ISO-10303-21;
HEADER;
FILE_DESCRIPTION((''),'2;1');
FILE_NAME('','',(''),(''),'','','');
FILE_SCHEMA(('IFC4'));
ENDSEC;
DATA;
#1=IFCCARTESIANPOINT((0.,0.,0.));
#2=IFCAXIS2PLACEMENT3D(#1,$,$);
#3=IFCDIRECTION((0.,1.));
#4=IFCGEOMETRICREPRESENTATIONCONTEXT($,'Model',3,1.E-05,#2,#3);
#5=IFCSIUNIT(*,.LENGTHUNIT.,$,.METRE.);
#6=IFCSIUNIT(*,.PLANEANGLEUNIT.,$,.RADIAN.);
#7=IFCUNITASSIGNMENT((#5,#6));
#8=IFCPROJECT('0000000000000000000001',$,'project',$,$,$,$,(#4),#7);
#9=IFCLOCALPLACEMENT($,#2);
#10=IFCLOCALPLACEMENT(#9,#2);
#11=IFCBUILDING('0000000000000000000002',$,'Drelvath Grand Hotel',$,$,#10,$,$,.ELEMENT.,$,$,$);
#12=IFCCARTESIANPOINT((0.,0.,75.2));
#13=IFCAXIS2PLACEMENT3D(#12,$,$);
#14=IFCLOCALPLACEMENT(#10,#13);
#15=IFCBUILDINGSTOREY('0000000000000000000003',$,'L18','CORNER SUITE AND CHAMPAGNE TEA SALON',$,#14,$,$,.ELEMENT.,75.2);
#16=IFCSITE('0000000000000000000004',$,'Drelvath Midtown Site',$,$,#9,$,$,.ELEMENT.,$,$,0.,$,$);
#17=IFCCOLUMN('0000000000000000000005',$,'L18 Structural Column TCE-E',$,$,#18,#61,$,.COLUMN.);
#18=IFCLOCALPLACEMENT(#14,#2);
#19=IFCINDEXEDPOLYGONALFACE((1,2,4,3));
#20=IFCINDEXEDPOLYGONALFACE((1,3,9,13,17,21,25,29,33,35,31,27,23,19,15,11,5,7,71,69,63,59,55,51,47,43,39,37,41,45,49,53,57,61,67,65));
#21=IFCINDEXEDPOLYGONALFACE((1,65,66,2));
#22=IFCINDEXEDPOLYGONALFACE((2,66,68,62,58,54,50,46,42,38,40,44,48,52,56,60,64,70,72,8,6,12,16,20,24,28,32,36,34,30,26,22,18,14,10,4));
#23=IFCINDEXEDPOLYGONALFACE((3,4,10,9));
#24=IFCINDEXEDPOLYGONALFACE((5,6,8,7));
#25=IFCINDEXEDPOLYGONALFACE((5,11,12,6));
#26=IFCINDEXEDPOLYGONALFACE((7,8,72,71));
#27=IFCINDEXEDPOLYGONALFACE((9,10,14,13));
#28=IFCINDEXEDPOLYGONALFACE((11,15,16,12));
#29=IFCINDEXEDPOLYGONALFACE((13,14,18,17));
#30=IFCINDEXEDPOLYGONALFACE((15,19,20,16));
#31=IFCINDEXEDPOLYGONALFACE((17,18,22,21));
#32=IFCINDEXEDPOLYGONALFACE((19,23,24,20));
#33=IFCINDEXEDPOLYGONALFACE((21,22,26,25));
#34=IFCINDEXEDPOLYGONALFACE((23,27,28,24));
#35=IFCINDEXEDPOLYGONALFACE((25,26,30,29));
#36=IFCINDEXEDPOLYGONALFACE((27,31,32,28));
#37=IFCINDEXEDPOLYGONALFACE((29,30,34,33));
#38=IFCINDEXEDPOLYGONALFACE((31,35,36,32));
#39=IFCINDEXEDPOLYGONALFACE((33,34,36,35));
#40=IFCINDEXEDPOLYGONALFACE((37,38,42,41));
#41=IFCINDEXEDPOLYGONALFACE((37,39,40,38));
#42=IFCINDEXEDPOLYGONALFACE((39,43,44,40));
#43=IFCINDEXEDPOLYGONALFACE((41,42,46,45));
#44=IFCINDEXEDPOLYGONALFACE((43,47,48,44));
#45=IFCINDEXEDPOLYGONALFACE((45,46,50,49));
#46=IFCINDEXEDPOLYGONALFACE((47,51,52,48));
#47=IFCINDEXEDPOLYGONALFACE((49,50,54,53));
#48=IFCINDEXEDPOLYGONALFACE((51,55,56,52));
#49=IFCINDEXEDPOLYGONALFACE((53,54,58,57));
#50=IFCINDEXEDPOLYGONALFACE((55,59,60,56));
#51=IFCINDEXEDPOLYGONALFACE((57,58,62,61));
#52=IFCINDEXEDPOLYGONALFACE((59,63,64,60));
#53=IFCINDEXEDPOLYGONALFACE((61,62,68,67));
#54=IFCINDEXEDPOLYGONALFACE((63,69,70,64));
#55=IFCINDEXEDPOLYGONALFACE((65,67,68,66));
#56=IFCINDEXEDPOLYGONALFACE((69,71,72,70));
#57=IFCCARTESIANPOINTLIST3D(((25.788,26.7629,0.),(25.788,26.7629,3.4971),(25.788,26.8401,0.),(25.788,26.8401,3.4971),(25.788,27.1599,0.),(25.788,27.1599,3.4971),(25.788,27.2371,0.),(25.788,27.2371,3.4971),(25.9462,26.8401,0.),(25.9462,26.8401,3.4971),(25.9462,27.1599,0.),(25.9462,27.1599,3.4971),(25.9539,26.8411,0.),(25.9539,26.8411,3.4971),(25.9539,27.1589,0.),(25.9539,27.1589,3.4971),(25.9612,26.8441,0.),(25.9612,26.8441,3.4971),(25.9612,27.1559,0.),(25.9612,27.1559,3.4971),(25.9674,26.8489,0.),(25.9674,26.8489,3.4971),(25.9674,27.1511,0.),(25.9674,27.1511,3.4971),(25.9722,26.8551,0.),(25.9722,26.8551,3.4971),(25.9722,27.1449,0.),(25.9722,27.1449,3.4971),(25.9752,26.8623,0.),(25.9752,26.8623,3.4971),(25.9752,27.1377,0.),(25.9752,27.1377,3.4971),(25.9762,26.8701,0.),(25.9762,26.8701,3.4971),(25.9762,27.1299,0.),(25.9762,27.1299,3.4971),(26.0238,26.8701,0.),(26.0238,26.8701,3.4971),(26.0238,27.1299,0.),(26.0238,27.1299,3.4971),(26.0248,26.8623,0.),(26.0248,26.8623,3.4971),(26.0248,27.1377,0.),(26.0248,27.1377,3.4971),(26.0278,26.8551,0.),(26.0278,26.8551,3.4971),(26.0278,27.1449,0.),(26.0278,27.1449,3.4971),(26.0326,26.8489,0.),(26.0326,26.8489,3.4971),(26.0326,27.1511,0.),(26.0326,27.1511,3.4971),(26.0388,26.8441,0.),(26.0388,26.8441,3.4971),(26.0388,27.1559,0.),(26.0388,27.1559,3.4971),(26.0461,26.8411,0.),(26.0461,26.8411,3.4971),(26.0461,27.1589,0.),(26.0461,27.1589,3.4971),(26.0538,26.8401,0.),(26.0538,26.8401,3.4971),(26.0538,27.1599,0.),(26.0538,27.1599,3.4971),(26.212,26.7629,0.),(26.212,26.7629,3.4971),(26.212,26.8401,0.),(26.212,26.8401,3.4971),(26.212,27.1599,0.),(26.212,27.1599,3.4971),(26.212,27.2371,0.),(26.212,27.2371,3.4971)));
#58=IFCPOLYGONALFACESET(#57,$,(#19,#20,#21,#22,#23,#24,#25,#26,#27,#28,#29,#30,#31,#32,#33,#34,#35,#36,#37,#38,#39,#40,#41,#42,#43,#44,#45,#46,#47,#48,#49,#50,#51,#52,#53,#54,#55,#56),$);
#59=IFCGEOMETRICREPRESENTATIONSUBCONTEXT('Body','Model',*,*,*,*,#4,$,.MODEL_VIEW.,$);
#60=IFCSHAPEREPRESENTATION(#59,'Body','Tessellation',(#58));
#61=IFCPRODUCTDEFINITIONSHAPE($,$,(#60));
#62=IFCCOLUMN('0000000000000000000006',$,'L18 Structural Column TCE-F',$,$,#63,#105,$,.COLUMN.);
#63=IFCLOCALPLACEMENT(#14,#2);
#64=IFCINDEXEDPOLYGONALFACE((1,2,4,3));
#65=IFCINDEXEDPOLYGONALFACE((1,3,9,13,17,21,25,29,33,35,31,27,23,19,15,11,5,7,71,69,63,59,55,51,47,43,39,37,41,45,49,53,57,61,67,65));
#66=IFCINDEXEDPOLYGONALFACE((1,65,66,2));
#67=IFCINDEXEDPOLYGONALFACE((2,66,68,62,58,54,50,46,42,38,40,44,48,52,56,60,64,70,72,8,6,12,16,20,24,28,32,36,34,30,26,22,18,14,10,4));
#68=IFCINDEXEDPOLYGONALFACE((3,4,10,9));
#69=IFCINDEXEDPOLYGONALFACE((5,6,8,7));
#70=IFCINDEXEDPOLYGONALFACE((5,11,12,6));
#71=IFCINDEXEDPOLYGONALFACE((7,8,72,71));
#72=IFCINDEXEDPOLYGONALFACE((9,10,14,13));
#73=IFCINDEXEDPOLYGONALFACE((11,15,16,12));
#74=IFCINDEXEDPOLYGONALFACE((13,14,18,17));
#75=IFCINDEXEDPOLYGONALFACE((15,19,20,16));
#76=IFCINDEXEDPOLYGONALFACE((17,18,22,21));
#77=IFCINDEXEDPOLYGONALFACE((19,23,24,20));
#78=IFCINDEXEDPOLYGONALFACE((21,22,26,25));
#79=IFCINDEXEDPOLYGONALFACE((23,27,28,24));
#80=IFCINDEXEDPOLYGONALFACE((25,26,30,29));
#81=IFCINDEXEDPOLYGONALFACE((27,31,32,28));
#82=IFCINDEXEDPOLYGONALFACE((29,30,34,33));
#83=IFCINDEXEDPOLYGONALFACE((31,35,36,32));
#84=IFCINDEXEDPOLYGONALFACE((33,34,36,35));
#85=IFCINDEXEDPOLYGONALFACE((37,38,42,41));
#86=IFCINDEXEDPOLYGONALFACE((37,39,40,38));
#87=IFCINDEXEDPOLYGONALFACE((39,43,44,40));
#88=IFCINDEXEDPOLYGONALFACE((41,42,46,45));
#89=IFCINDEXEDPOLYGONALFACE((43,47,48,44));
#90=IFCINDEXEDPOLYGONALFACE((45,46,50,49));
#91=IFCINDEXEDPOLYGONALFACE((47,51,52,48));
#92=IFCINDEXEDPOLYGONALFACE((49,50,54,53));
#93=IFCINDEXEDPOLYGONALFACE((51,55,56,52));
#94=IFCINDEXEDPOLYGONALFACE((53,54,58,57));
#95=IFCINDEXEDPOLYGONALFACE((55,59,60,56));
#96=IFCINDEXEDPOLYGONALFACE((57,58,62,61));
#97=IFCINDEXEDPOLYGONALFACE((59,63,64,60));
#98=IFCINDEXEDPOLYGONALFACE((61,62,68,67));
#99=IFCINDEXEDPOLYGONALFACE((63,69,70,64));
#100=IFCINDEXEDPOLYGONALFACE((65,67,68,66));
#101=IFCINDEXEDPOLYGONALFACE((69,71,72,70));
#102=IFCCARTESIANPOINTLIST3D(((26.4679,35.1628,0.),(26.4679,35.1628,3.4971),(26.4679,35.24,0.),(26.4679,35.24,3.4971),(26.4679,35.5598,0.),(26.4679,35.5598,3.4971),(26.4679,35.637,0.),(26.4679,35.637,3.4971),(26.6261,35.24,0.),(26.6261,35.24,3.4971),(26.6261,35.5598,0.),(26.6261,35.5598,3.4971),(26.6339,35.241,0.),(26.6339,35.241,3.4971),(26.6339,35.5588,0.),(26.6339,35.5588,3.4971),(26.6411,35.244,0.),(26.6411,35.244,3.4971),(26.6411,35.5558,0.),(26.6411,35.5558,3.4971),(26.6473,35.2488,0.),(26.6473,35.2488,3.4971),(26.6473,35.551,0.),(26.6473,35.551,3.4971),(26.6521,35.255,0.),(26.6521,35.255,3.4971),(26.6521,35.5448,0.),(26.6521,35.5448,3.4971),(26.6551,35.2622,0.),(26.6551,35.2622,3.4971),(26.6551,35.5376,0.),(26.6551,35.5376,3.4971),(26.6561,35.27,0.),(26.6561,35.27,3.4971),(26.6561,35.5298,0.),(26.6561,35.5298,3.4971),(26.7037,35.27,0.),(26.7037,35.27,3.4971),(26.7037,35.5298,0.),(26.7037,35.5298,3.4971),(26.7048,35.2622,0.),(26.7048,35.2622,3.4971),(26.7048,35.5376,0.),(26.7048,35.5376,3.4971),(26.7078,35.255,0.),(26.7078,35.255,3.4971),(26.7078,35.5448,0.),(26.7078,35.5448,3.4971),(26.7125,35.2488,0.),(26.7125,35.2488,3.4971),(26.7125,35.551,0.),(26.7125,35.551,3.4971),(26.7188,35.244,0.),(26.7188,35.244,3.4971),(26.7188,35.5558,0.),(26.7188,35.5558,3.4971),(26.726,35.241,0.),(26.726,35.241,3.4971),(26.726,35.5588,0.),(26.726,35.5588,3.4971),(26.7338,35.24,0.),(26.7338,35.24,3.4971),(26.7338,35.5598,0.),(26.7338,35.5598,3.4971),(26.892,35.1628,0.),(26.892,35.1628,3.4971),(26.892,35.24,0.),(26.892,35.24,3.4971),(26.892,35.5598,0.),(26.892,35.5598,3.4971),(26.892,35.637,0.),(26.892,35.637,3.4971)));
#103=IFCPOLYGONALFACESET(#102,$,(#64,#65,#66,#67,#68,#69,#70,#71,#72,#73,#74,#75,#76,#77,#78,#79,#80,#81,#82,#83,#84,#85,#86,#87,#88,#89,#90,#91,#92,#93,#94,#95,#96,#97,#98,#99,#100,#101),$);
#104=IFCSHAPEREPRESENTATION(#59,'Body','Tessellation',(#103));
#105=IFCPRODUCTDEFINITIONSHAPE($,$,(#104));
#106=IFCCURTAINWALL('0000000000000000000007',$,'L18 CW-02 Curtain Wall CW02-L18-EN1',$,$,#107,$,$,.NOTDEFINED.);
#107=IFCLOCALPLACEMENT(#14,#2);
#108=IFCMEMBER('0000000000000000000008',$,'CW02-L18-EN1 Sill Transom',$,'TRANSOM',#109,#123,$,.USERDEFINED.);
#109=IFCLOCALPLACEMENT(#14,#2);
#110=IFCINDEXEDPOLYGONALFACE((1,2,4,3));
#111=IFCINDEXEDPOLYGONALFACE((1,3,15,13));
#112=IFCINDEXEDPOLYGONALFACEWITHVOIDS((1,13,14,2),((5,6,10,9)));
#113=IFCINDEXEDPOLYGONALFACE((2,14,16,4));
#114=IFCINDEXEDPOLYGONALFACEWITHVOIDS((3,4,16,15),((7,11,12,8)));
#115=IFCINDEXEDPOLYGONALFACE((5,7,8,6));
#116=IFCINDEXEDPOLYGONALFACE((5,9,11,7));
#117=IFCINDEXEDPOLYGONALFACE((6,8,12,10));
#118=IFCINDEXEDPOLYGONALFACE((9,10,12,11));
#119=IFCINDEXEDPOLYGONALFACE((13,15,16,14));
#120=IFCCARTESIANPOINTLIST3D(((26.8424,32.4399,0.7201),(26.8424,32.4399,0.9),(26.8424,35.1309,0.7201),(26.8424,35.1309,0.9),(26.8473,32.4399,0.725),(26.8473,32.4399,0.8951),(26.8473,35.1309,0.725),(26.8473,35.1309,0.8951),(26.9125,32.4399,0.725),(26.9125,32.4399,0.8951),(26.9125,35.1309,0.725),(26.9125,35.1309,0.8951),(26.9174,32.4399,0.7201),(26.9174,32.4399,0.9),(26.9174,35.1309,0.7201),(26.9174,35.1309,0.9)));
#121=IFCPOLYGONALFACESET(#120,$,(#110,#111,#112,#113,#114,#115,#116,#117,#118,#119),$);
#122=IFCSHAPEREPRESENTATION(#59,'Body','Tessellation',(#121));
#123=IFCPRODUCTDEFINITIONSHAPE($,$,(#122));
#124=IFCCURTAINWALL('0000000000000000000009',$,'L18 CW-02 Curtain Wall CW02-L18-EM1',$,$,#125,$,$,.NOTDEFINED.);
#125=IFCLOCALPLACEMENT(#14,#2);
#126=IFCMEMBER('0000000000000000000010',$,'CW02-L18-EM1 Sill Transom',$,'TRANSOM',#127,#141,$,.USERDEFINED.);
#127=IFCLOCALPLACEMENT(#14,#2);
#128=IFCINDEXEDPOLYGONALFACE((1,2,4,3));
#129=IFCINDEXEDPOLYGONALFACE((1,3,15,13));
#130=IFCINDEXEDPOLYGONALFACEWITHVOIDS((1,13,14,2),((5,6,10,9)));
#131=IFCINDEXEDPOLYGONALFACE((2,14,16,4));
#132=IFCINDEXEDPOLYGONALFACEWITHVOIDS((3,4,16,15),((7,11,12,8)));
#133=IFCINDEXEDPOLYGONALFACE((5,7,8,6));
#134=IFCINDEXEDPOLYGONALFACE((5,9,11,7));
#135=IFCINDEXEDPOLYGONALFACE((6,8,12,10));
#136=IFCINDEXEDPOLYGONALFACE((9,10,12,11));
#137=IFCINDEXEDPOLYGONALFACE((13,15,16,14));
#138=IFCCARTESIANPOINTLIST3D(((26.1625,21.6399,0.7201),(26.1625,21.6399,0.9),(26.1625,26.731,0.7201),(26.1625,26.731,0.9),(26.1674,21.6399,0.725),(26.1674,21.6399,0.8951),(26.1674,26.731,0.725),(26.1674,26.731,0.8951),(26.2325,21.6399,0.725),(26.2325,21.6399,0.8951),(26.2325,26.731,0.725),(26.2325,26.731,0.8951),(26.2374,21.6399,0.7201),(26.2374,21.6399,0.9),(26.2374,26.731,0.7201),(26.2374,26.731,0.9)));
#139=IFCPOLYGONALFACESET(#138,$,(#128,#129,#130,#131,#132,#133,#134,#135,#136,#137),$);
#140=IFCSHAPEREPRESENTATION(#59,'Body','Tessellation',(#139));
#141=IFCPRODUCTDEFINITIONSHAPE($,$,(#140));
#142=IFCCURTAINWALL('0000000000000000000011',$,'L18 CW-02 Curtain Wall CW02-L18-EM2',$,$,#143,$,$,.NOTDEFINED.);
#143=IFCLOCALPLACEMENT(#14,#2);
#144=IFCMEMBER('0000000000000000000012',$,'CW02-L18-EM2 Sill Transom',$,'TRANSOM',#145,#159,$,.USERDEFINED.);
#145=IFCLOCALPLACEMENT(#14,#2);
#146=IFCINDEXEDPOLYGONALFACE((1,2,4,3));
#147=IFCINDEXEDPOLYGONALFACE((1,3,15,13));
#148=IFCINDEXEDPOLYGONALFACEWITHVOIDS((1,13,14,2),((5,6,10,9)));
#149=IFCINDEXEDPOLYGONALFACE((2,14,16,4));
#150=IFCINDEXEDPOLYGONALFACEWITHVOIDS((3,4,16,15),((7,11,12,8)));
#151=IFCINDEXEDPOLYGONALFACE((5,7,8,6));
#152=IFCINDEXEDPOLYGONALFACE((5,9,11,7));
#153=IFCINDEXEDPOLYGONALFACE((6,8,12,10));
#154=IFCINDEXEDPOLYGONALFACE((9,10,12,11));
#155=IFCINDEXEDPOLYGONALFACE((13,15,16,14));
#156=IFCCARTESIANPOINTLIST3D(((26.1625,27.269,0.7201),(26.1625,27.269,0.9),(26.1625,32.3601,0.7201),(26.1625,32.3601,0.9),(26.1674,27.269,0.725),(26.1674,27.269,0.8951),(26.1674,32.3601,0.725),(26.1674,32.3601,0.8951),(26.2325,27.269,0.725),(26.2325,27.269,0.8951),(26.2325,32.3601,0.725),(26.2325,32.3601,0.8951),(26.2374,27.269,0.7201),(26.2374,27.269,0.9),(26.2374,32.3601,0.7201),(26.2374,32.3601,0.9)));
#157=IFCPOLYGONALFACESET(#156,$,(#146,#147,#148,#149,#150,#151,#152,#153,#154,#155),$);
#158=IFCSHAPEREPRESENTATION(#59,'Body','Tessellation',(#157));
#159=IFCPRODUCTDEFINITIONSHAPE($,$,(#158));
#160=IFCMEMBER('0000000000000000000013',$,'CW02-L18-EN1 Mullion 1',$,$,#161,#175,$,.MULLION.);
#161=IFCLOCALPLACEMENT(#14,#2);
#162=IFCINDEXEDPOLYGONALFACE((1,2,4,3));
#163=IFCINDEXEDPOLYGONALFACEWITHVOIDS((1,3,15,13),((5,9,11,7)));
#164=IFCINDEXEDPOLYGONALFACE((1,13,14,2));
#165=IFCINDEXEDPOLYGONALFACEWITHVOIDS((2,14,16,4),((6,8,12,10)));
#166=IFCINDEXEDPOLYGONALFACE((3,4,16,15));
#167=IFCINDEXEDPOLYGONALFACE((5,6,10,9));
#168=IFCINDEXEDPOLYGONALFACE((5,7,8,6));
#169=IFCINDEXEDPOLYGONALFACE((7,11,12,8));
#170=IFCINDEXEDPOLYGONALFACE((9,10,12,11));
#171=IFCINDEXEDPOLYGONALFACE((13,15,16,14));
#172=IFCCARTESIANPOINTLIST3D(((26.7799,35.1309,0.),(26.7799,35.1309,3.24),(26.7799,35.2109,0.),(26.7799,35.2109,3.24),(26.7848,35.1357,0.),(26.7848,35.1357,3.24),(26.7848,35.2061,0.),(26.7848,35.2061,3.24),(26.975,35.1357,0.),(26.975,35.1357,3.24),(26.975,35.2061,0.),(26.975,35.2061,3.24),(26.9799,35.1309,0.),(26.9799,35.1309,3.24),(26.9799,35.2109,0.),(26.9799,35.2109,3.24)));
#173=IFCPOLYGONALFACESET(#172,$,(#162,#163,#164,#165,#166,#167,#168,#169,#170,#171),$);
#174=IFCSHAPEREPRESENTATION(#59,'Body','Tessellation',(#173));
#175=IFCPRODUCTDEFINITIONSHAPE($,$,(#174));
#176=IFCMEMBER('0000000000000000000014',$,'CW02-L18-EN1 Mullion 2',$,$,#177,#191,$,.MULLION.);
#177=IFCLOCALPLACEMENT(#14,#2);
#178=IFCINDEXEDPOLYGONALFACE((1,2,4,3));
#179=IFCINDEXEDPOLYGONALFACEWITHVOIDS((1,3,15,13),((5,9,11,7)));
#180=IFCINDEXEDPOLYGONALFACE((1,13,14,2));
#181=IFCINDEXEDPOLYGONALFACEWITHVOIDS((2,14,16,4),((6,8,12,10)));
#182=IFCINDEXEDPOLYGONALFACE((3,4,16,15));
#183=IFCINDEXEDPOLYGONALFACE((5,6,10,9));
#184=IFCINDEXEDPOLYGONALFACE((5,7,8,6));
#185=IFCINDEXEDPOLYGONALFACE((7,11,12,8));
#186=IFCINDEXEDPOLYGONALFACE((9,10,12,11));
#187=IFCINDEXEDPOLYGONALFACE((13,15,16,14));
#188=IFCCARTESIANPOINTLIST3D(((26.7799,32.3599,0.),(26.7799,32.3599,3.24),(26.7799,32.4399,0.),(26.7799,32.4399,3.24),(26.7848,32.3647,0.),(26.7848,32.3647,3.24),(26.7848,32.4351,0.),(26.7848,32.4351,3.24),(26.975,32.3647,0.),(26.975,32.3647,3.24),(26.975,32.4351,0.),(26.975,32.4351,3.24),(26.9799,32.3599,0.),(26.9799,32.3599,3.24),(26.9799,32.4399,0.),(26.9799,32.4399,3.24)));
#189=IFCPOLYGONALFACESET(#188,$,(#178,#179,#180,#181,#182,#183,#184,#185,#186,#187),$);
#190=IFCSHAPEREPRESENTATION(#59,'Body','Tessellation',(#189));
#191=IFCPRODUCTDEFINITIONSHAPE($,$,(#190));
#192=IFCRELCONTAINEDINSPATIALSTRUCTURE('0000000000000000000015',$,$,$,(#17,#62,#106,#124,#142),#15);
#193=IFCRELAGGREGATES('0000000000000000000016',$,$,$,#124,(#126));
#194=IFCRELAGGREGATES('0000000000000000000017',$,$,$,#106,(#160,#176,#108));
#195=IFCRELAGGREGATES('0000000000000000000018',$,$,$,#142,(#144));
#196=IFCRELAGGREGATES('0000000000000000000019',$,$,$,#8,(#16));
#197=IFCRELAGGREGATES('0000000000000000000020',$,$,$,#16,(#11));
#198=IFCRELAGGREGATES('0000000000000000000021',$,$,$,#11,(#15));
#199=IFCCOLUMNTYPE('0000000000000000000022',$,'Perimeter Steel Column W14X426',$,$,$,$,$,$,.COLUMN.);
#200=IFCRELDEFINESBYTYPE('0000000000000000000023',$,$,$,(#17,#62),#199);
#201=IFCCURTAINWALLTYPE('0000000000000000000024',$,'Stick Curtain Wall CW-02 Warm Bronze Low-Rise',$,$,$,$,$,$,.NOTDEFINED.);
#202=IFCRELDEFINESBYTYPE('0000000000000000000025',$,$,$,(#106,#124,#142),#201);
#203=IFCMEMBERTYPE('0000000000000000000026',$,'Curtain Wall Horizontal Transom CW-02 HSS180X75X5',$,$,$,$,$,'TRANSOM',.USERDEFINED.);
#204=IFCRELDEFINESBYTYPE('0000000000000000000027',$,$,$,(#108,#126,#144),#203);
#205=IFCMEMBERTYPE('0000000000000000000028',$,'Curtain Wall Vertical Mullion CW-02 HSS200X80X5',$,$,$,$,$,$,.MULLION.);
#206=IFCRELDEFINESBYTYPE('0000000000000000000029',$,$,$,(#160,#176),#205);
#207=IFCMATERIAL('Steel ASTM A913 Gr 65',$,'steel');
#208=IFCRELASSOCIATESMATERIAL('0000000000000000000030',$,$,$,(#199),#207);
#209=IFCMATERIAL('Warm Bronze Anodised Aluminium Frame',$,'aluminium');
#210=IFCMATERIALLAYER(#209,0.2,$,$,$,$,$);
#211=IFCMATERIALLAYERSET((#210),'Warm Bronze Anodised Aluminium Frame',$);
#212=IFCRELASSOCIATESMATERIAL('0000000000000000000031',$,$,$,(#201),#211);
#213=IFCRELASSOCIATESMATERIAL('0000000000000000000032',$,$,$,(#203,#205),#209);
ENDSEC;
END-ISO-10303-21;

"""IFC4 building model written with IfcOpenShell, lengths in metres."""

from ifc_helpers import new_model, si_unit, direction, frame, origin, origin_2d, place, context, subcontext, project, spatial, hollow_rectangle, i_section, extrude, material, layer, layer_set, material_profile, profile_set, type_object, element, aggregate, save


model = new_model("IFC4")

# Units and contexts
model_context = context("Model", 3, precision=1e-05, world=origin(), true_north=direction((0.0, 1.0)))
body_context = subcontext(model_context, "Body", "Model", "MODEL_VIEW")
ifc_project = project(units=[si_unit("LENGTHUNIT", "METRE"), si_unit("PLANEANGLEUNIT", "RADIAN")], contexts=[model_context])

# Site, building, storey
site_placement = place(None, origin())
site = spatial("IfcSite", under=ifc_project, at=site_placement, Name="Drelvath Midtown Site", CompositionType="ELEMENT", RefElevation=0.0)
building_placement = place(site_placement, origin())
building = spatial("IfcBuilding", under=site, at=building_placement, Name="Drelvath Grand Hotel", CompositionType="ELEMENT")
storey_placement = place(building_placement, frame((0.0, 0.0, 75.2)))
storey = spatial("IfcBuildingStorey", under=building, at=storey_placement, Name="L18", Description="CORNER SUITE AND CHAMPAGNE TEA SALON", CompositionType="ELEMENT", Elevation=75.2)

# Columns
ifc_material_1 = material(Name="Steel ASTM A913 Gr 65", Category="steel")
ifc_material_profile_1 = material_profile(ifc_material_1, i_section(OverallWidth=0.4241, OverallDepth=0.4741, WebThickness=0.0476, FlangeThickness=0.0771, FilletRadius=0.03, at=origin_2d()), Name="W14X426")
ifc_profile_set_1 = profile_set([ifc_material_profile_1], Name="Steel ASTM A913 Gr 65")
column_type = type_object("IfcColumnType", Name="Perimeter Steel Column W14X426", PredefinedType="COLUMN", material=ifc_profile_set_1)
for number, where, z_axis, x_axis, name in (
    (1, (26.0, 27.0, 0.0), (0.0, 0.0, 1.0), (1.0, 0.0, 0.0), "L18 Structural Column TCE-E"),
    (2, (26.6799, 35.3999, 0.0), (0.0, 0.0, 1.0), (1.0, 0.0, 0.0), "L18 Structural Column TCE-F"),
):
    element("IfcColumn", number, at=place(storey_placement, frame(where, z_axis=z_axis, x_axis=x_axis)), inside=storey, type_object=column_type, Name=name, PredefinedType="COLUMN", context=body_context, shape_type="SweptSolid", body=[
        extrude(i_section(OverallWidth=0.4241, OverallDepth=0.4741, WebThickness=0.0476, FlangeThickness=0.0771, FilletRadius=0.03, at=origin_2d()), origin(), (0.0, 0.0, 1.0), 3.4971),
    ])

# Curtain walls, members
ifc_material_2 = material(Name="Warm Bronze Anodised Aluminium Frame", Category="aluminium")
ifc_layer_1 = layer(ifc_material_2, 0.2)
ifc_layer_set_1 = layer_set([ifc_layer_1], Name="Warm Bronze Anodised Aluminium Frame")
curtain_wall_type = type_object("IfcCurtainWallType", Name="Stick Curtain Wall CW-02 Warm Bronze Low-Rise", PredefinedType="NOTDEFINED", material=ifc_layer_set_1)
curtain_wall_1_placement = place(storey_placement, origin())
curtain_wall_1 = element("IfcCurtainWall", 3, at=curtain_wall_1_placement, inside=storey, type_object=curtain_wall_type, Name="L18 CW-02 Curtain Wall CW02-L18-EN1", PredefinedType="NOTDEFINED")
ifc_material_profile_2 = material_profile(ifc_material_2, hollow_rectangle(XDim=0.075, YDim=0.1799, WallThickness=0.0049, at=origin_2d()), Name="HSS180X75X5")
ifc_profile_set_2 = profile_set([ifc_material_profile_2], Name="Warm Bronze Anodised Aluminium Frame")
member_type_1 = type_object("IfcMemberType", Name="Curtain Wall Horizontal Transom CW-02 HSS180X75X5", ElementType="TRANSOM", PredefinedType="USERDEFINED", material=ifc_profile_set_2)
member_1_placement = place(storey_placement, frame((26.8799, 35.1309, 0.8101), z_axis=(0.0, -1.0, 0.0), x_axis=(1.0, 0.0, 0.0)))
member_1 = element("IfcMember", 4, at=member_1_placement, type_object=member_type_1, Name="CW02-L18-EN1 Sill Transom", ObjectType="TRANSOM", PredefinedType="USERDEFINED", context=body_context, shape_type="SweptSolid", body=[
    extrude(hollow_rectangle(XDim=0.075, YDim=0.1799, WallThickness=0.0049, at=origin_2d()), origin(), (0.0, 0.0, 1.0), 2.6909),
])
curtain_wall_2_placement = place(storey_placement, origin())
curtain_wall_2 = element("IfcCurtainWall", 5, at=curtain_wall_2_placement, inside=storey, type_object=curtain_wall_type, Name="L18 CW-02 Curtain Wall CW02-L18-EM1", PredefinedType="NOTDEFINED")
member_2_placement = place(storey_placement, frame((26.2, 26.731, 0.8101), z_axis=(0.0, -1.0, 0.0), x_axis=(1.0, 0.0, 0.0)))
member_2 = element("IfcMember", 6, at=member_2_placement, type_object=member_type_1, Name="CW02-L18-EM1 Sill Transom", ObjectType="TRANSOM", PredefinedType="USERDEFINED", context=body_context, shape_type="SweptSolid", body=[
    extrude(hollow_rectangle(XDim=0.075, YDim=0.1799, WallThickness=0.0049, at=origin_2d()), origin(), (0.0, 0.0, 1.0), 5.0911),
])
curtain_wall_3_placement = place(storey_placement, origin())
curtain_wall_3 = element("IfcCurtainWall", 7, at=curtain_wall_3_placement, inside=storey, type_object=curtain_wall_type, Name="L18 CW-02 Curtain Wall CW02-L18-EM2", PredefinedType="NOTDEFINED")
member_3_placement = place(storey_placement, frame((26.2, 32.3601, 0.8101), z_axis=(0.0, -1.0, 0.0), x_axis=(1.0, 0.0, 0.0)))
member_3 = element("IfcMember", 8, at=member_3_placement, type_object=member_type_1, Name="CW02-L18-EM2 Sill Transom", ObjectType="TRANSOM", PredefinedType="USERDEFINED", context=body_context, shape_type="SweptSolid", body=[
    extrude(hollow_rectangle(XDim=0.075, YDim=0.1799, WallThickness=0.0049, at=origin_2d()), origin(), (0.0, 0.0, 1.0), 5.0911),
])

# Members
ifc_material_profile_3 = material_profile(ifc_material_2, hollow_rectangle(XDim=0.0801, YDim=0.2, WallThickness=0.0049, at=origin_2d()), Name="HSS200X80X5")
ifc_profile_set_3 = profile_set([ifc_material_profile_3], Name="Warm Bronze Anodised Aluminium Frame")
member_type_2 = type_object("IfcMemberType", Name="Curtain Wall Vertical Mullion CW-02 HSS200X80X5", PredefinedType="MULLION", material=ifc_profile_set_3)
member_4_placement = place(storey_placement, frame((26.8799, 35.1709, 0.0), z_axis=(0.0, 0.0, 1.0), x_axis=(0.0, 1.0, 0.0)))
member_4 = element("IfcMember", 9, at=member_4_placement, type_object=member_type_2, Name="CW02-L18-EN1 Mullion 1", PredefinedType="MULLION", context=body_context, shape_type="SweptSolid", body=[
    extrude(hollow_rectangle(XDim=0.0801, YDim=0.2, WallThickness=0.0049, at=origin_2d()), origin(), (0.0, 0.0, 1.0), 3.24),
])
member_5_placement = place(storey_placement, frame((26.8799, 32.3999, 0.0), z_axis=(0.0, 0.0, 1.0), x_axis=(0.0, 1.0, 0.0)))
member_5 = element("IfcMember", 10, at=member_5_placement, type_object=member_type_2, Name="CW02-L18-EN1 Mullion 2", PredefinedType="MULLION", context=body_context, shape_type="SweptSolid", body=[
    extrude(hollow_rectangle(XDim=0.0801, YDim=0.2, WallThickness=0.0049, at=origin_2d()), origin(), (0.0, 0.0, 1.0), 3.24),
])

aggregate(curtain_wall_2, [member_2])

aggregate(curtain_wall_1, [member_4, member_5, member_1])
aggregate(curtain_wall_3, [member_3])

save(model, "model.ifc")
